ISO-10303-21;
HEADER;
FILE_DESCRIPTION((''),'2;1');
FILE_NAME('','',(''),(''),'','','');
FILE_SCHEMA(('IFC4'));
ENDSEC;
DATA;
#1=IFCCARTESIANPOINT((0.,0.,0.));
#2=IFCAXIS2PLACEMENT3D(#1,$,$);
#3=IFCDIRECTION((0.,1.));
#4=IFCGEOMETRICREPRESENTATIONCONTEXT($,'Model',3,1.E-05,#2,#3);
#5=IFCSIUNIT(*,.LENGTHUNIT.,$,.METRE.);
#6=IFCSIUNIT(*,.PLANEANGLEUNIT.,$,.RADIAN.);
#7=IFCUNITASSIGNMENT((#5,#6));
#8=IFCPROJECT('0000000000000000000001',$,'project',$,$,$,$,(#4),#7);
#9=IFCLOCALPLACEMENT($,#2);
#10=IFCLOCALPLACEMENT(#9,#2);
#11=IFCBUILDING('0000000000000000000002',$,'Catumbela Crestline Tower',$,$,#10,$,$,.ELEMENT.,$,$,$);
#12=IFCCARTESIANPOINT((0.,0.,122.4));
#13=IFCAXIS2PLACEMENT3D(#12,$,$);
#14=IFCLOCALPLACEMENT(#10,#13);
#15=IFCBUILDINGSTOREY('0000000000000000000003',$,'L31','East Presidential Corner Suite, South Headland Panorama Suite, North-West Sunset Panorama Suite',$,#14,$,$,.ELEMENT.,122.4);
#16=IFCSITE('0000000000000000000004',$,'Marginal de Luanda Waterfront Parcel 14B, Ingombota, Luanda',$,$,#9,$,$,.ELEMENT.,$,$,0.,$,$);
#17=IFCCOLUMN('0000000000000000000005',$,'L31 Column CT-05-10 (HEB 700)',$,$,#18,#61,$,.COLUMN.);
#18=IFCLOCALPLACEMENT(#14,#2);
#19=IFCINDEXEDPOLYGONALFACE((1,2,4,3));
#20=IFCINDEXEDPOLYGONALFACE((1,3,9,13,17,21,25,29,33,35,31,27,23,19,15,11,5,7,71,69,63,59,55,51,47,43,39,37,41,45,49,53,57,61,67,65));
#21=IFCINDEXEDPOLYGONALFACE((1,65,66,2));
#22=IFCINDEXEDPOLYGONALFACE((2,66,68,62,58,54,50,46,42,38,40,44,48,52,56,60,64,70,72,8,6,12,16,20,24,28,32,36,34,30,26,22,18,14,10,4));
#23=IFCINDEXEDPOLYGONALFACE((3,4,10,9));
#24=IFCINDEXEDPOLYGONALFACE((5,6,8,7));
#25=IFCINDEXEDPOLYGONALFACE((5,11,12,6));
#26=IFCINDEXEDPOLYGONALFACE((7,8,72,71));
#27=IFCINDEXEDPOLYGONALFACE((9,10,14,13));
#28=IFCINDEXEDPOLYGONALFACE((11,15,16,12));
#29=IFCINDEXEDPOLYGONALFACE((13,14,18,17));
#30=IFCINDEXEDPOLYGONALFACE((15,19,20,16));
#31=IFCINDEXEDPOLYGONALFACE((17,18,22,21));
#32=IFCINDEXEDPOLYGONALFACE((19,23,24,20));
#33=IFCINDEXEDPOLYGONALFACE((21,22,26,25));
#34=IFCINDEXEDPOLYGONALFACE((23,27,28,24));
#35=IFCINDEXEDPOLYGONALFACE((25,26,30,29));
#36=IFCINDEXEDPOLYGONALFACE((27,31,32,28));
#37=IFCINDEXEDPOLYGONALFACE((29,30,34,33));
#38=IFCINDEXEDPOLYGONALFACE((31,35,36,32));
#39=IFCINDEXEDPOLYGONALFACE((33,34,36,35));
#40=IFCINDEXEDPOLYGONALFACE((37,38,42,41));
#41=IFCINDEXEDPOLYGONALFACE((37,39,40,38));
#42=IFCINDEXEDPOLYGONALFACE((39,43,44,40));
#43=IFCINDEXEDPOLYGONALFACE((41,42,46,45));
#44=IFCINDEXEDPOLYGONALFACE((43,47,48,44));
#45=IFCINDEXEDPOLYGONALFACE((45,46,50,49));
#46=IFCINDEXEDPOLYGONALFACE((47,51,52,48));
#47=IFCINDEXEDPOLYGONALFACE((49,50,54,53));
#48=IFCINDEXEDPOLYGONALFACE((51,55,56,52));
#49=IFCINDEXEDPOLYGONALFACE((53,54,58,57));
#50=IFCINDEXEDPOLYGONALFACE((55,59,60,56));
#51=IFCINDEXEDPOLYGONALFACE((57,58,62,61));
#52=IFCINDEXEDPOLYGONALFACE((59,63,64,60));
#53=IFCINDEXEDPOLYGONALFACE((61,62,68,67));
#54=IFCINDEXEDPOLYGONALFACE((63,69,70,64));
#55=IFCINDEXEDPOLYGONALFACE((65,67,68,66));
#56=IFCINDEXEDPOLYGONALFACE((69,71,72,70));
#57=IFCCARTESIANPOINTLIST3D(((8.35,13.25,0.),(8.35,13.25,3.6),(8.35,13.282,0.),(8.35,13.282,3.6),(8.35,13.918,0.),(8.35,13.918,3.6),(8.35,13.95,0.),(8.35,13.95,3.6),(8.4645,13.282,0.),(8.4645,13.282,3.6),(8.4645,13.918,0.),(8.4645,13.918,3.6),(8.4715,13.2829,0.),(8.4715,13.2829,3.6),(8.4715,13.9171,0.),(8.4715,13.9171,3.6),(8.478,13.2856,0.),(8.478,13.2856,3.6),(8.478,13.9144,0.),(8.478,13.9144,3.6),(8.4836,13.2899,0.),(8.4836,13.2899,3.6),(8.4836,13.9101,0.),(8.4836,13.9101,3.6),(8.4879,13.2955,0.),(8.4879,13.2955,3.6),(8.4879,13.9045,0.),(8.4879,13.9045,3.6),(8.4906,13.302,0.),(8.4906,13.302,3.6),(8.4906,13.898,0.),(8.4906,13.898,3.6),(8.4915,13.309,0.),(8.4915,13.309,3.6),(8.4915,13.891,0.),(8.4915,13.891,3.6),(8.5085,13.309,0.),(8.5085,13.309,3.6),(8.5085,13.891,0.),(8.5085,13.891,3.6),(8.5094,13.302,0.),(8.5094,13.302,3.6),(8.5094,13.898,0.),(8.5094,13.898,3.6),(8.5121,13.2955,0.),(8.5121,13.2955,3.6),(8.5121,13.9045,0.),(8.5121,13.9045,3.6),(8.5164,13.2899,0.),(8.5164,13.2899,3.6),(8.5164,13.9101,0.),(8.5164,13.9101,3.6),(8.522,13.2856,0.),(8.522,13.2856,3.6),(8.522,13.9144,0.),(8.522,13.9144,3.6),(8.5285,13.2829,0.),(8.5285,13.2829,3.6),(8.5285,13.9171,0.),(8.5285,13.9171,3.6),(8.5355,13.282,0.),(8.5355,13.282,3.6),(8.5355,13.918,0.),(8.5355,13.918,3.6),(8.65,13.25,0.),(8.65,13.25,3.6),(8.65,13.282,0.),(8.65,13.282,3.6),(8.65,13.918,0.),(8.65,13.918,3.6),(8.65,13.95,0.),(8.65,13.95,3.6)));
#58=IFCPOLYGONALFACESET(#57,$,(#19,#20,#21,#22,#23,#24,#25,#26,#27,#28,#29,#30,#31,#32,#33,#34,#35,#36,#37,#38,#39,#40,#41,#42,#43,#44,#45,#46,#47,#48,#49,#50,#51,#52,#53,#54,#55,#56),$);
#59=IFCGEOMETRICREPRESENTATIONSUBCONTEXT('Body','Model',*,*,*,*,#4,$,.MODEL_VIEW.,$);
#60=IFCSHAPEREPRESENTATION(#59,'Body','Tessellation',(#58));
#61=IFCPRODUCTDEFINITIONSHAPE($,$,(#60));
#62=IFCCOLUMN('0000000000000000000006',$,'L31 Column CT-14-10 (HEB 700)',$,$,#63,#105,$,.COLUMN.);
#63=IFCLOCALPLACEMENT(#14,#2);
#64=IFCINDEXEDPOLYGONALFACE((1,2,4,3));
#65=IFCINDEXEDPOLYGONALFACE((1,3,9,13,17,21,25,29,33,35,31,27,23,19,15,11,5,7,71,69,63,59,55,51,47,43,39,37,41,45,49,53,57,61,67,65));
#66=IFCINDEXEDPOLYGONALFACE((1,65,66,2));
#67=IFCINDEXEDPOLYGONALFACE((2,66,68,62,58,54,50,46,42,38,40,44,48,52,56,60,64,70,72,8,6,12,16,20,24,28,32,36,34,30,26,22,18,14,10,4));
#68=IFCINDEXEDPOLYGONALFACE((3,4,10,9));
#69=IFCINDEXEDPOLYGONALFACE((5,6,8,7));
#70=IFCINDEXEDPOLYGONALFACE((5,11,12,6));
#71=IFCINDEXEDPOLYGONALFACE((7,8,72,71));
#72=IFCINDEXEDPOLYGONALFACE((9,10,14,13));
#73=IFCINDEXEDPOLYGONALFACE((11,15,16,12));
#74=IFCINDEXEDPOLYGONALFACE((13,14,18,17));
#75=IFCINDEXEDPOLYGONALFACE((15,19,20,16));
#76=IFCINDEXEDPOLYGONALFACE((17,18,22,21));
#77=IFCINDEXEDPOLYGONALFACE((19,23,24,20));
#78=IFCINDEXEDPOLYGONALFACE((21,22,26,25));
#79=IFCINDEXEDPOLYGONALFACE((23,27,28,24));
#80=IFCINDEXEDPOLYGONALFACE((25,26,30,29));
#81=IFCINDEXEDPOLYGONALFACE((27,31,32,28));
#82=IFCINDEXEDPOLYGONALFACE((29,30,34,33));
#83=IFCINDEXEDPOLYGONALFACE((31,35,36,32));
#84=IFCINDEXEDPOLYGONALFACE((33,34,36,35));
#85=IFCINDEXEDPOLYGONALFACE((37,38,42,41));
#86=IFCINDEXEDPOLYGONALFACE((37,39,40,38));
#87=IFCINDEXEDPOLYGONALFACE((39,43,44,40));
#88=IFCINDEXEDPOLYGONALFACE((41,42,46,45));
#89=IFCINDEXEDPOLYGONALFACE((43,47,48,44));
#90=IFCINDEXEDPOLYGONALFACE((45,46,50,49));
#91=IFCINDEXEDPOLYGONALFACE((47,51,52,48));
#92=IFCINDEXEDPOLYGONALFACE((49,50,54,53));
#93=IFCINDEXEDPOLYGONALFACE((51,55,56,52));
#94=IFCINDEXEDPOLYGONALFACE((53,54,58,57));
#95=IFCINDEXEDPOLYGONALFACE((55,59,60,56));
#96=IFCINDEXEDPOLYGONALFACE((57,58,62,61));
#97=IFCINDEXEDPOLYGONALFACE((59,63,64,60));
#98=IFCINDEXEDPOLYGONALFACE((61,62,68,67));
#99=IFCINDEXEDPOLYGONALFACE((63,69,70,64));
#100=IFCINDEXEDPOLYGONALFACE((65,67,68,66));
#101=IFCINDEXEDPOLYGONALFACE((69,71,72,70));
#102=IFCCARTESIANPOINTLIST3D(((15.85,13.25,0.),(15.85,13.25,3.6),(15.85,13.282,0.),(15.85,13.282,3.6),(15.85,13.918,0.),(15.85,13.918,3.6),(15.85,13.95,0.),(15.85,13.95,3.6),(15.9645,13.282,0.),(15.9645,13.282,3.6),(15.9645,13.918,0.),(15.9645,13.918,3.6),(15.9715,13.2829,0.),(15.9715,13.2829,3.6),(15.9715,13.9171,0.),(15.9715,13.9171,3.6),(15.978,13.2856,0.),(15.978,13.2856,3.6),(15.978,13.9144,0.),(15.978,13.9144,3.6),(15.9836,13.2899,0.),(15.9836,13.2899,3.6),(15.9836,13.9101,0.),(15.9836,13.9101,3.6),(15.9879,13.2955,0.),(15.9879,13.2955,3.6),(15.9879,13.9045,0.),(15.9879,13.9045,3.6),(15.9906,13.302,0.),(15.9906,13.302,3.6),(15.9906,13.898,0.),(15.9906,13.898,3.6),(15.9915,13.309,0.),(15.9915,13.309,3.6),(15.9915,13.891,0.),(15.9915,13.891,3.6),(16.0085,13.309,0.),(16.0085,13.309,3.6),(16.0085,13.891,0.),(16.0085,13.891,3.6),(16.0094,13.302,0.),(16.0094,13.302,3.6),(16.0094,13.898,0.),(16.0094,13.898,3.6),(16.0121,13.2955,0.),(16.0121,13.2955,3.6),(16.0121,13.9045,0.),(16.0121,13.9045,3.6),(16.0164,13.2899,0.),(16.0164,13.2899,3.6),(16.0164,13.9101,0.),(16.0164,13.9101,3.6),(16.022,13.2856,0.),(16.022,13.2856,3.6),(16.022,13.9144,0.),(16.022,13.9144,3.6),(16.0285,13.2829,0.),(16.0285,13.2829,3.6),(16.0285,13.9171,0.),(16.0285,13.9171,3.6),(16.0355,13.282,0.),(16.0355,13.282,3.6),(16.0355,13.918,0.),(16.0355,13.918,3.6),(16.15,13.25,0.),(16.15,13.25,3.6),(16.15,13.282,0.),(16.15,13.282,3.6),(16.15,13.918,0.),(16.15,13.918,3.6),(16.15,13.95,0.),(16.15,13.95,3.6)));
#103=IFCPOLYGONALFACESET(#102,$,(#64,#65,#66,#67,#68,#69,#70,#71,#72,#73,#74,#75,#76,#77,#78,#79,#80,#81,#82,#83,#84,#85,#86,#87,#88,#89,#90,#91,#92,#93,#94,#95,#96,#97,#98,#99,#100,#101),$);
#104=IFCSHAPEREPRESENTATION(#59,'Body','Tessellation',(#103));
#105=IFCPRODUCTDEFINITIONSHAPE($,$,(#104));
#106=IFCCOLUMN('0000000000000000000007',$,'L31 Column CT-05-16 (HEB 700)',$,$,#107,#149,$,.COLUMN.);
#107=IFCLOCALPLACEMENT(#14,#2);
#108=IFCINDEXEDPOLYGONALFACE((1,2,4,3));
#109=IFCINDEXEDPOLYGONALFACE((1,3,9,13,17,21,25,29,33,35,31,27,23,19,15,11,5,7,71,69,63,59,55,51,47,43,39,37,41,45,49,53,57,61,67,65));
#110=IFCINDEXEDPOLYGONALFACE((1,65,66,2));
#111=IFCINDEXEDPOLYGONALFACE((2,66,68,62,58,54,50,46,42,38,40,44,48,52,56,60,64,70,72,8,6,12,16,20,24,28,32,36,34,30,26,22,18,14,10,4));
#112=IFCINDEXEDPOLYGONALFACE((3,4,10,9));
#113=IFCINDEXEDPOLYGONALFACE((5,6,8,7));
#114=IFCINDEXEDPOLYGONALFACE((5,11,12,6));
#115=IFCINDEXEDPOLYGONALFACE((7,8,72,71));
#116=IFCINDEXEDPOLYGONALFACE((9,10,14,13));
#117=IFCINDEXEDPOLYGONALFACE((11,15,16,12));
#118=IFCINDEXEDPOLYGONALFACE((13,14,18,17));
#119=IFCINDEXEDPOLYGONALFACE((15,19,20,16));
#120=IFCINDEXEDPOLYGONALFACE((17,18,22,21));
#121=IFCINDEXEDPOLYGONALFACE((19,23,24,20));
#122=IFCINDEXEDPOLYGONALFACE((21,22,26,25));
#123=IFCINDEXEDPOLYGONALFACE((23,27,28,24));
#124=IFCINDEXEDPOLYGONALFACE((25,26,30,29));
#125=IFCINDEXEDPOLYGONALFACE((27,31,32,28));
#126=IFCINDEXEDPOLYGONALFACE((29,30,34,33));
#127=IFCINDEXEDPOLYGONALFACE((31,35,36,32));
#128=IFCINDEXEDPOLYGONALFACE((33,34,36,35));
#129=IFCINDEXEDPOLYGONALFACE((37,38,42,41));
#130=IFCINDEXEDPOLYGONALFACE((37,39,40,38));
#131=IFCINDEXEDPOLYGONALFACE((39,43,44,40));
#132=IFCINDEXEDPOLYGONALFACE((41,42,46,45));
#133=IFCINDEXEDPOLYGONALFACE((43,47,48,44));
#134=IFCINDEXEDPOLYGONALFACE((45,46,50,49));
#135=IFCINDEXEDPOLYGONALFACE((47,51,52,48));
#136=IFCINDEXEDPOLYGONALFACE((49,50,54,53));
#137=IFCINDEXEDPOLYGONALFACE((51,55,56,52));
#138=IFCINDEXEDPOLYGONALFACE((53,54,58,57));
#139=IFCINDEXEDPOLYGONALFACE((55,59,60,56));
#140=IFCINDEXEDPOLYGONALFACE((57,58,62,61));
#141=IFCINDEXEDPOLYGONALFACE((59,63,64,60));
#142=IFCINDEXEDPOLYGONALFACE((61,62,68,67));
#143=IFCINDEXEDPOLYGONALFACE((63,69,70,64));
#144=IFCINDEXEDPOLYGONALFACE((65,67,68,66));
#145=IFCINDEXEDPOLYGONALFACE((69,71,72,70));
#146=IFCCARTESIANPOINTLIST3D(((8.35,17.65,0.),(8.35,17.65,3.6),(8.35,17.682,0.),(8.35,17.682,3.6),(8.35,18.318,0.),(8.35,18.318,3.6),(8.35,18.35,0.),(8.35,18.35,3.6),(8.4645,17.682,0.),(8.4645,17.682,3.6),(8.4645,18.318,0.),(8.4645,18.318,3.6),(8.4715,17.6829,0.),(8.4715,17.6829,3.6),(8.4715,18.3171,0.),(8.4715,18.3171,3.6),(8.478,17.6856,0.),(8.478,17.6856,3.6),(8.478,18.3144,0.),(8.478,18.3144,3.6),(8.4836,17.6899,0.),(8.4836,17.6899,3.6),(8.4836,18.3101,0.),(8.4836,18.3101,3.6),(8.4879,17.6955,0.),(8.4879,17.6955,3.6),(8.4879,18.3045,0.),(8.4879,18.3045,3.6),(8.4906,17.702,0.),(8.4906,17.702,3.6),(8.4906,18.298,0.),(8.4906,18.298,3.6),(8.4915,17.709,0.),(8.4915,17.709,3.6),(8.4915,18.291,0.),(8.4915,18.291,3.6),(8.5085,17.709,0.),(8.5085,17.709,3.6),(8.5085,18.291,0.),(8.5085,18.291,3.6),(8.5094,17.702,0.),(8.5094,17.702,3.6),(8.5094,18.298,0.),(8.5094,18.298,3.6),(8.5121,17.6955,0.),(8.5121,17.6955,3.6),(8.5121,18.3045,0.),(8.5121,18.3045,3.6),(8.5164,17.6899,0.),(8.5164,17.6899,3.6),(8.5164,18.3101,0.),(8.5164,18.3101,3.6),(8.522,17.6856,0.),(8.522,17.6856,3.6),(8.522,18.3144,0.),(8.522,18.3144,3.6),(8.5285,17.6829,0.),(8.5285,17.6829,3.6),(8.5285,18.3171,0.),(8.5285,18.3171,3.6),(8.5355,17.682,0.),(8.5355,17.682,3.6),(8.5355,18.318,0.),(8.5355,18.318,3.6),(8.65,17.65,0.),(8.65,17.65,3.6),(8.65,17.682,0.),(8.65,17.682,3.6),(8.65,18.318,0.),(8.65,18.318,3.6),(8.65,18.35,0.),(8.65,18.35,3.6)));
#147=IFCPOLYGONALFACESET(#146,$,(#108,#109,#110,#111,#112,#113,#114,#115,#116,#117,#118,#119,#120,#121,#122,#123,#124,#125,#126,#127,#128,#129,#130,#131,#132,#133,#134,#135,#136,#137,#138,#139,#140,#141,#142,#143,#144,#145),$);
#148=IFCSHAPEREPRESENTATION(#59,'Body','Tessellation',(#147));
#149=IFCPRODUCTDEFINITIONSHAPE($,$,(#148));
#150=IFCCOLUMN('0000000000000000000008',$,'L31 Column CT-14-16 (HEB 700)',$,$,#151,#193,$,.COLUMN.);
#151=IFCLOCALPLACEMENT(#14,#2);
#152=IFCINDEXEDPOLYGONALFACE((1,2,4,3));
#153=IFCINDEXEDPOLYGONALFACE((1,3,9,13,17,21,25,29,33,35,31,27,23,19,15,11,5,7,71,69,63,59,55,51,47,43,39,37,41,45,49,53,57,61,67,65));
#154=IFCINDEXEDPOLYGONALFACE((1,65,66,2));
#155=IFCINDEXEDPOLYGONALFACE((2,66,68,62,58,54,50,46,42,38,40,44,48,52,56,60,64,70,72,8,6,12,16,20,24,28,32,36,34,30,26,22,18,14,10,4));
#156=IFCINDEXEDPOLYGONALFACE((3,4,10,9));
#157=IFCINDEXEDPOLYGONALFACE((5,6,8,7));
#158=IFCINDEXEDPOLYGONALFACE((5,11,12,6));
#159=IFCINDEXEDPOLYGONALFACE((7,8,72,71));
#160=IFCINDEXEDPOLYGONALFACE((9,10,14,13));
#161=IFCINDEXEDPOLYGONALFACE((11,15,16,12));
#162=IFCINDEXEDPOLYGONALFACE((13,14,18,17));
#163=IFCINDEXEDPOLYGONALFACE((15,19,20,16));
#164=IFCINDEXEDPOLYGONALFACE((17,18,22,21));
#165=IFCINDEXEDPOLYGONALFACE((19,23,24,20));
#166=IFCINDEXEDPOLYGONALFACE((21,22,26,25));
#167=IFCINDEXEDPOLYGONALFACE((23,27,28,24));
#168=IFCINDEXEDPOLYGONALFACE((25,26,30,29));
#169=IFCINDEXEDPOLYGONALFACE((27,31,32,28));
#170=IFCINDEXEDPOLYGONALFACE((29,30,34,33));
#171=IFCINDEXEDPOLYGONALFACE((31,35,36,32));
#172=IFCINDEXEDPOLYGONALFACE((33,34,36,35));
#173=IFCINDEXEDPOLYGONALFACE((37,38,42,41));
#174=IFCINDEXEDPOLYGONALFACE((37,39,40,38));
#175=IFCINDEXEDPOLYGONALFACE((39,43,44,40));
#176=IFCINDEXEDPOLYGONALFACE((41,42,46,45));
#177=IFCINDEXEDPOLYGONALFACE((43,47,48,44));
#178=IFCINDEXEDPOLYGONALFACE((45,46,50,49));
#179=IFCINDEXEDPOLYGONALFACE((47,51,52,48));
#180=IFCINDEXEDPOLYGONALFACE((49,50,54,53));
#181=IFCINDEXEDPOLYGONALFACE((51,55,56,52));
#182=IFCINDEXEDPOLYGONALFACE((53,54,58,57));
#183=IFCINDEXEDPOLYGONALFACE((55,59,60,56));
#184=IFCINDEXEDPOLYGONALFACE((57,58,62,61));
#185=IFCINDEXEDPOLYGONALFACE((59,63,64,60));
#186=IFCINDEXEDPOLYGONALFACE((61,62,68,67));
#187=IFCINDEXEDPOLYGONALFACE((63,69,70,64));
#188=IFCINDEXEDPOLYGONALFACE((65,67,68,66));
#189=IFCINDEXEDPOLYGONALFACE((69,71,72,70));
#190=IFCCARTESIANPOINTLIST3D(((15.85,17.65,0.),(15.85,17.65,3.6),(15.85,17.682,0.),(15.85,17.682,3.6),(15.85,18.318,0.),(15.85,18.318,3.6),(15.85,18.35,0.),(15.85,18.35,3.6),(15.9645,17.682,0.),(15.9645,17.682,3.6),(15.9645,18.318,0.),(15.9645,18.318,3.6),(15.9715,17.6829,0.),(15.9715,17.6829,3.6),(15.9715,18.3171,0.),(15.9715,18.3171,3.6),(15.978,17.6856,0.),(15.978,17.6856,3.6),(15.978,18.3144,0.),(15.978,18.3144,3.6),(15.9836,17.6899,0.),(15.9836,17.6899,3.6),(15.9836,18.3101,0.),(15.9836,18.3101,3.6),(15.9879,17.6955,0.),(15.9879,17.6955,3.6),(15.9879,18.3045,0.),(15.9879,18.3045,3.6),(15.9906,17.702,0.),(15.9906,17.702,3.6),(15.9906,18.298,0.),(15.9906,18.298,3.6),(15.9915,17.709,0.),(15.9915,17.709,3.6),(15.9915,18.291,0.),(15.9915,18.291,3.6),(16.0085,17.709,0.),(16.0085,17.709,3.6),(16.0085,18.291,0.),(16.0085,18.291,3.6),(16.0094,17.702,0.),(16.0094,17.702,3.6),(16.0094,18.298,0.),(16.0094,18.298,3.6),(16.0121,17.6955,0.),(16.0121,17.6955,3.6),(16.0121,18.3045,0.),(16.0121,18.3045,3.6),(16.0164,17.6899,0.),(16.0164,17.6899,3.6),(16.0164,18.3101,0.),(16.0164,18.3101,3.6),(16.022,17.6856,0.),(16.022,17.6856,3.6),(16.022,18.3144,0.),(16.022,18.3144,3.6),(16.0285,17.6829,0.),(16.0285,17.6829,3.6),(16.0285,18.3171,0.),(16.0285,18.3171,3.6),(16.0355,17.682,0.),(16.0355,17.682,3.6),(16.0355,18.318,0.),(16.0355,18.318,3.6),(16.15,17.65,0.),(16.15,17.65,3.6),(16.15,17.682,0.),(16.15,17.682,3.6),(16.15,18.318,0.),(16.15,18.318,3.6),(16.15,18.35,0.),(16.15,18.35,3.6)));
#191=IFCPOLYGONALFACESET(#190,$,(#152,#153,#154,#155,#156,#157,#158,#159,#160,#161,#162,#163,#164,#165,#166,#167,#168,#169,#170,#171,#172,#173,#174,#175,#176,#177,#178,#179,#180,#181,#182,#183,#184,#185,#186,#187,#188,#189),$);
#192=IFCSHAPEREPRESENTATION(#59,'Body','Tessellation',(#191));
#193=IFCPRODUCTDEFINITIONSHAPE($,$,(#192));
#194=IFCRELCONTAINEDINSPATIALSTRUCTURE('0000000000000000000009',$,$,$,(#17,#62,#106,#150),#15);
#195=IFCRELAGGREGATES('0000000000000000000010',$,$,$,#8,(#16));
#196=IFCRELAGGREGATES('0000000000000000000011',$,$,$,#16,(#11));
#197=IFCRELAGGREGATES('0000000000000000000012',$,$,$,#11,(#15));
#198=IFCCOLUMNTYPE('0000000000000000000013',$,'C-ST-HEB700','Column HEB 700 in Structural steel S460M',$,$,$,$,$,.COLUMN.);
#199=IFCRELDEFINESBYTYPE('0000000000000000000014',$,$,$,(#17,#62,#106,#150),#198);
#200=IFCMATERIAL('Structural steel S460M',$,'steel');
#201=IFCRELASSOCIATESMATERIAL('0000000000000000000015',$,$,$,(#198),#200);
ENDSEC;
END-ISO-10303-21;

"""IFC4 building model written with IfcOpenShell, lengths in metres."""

from ifc_helpers import new_model, si_unit, direction, frame, origin, origin_2d, place, context, subcontext, project, spatial, i_section, extrude, material, material_profile, profile_set, type_object, element, save


model = new_model("IFC4")

# Units and contexts
model_context = context("Model", 3, precision=1e-05, world=origin(), true_north=direction((0.0, 1.0)))
body_context = subcontext(model_context, "Body", "Model", "MODEL_VIEW")
ifc_project = project(units=[si_unit("LENGTHUNIT", "METRE"), si_unit("PLANEANGLEUNIT", "RADIAN")], contexts=[model_context])

# Site, building, storey
site_placement = place(None, origin())
site = spatial("IfcSite", under=ifc_project, at=site_placement, Name="Marginal de Luanda Waterfront Parcel 14B, Ingombota, Luanda", CompositionType="ELEMENT", RefElevation=0.0)
building_placement = place(site_placement, origin())
building = spatial("IfcBuilding", under=site, at=building_placement, Name="Catumbela Crestline Tower", CompositionType="ELEMENT")
storey_placement = place(building_placement, frame((0.0, 0.0, 122.4)))
storey = spatial("IfcBuildingStorey", under=building, at=storey_placement, Name="L31", Description="East Presidential Corner Suite, South Headland Panorama Suite, North-West Sunset Panorama Suite", CompositionType="ELEMENT", Elevation=122.4)

# Columns
ifc_material_1 = material(Name="Structural steel S460M", Category="steel")
ifc_material_profile_1 = material_profile(ifc_material_1, i_section(OverallWidth=0.3, OverallDepth=0.7, WebThickness=0.017, FlangeThickness=0.032, FilletRadius=0.027, at=origin_2d()), Name="HEB 700")
ifc_profile_set_1 = profile_set([ifc_material_profile_1], Name="Structural steel S460M")
column_type = type_object("IfcColumnType", Name="C-ST-HEB700", Description="Column HEB 700 in Structural steel S460M", PredefinedType="COLUMN", material=ifc_profile_set_1)
for number, where, z_axis, x_axis, name in (
    (1, (8.5, 13.6, 0.0), (0.0, 0.0, 1.0), (1.0, 0.0, 0.0), "L31 Column CT-05-10 (HEB 700)"),
    (2, (16.0, 13.6, 0.0), (0.0, 0.0, 1.0), (1.0, 0.0, 0.0), "L31 Column CT-14-10 (HEB 700)"),
    (3, (8.5, 18.0, 0.0), (0.0, 0.0, 1.0), (1.0, 0.0, 0.0), "L31 Column CT-05-16 (HEB 700)"),
    (4, (16.0, 18.0, 0.0), (0.0, 0.0, 1.0), (1.0, 0.0, 0.0), "L31 Column CT-14-16 (HEB 700)"),
):
    element("IfcColumn", number, at=place(storey_placement, frame(where, z_axis=z_axis, x_axis=x_axis)), inside=storey, type_object=column_type, Name=name, PredefinedType="COLUMN", context=body_context, shape_type="SweptSolid", body=[
        extrude(i_section(OverallWidth=0.3, OverallDepth=0.7, WebThickness=0.017, FlangeThickness=0.032, FilletRadius=0.027, at=origin_2d()), origin(), (0.0, 0.0, 1.0), 3.6),
    ])

save(model, "model.ifc")
